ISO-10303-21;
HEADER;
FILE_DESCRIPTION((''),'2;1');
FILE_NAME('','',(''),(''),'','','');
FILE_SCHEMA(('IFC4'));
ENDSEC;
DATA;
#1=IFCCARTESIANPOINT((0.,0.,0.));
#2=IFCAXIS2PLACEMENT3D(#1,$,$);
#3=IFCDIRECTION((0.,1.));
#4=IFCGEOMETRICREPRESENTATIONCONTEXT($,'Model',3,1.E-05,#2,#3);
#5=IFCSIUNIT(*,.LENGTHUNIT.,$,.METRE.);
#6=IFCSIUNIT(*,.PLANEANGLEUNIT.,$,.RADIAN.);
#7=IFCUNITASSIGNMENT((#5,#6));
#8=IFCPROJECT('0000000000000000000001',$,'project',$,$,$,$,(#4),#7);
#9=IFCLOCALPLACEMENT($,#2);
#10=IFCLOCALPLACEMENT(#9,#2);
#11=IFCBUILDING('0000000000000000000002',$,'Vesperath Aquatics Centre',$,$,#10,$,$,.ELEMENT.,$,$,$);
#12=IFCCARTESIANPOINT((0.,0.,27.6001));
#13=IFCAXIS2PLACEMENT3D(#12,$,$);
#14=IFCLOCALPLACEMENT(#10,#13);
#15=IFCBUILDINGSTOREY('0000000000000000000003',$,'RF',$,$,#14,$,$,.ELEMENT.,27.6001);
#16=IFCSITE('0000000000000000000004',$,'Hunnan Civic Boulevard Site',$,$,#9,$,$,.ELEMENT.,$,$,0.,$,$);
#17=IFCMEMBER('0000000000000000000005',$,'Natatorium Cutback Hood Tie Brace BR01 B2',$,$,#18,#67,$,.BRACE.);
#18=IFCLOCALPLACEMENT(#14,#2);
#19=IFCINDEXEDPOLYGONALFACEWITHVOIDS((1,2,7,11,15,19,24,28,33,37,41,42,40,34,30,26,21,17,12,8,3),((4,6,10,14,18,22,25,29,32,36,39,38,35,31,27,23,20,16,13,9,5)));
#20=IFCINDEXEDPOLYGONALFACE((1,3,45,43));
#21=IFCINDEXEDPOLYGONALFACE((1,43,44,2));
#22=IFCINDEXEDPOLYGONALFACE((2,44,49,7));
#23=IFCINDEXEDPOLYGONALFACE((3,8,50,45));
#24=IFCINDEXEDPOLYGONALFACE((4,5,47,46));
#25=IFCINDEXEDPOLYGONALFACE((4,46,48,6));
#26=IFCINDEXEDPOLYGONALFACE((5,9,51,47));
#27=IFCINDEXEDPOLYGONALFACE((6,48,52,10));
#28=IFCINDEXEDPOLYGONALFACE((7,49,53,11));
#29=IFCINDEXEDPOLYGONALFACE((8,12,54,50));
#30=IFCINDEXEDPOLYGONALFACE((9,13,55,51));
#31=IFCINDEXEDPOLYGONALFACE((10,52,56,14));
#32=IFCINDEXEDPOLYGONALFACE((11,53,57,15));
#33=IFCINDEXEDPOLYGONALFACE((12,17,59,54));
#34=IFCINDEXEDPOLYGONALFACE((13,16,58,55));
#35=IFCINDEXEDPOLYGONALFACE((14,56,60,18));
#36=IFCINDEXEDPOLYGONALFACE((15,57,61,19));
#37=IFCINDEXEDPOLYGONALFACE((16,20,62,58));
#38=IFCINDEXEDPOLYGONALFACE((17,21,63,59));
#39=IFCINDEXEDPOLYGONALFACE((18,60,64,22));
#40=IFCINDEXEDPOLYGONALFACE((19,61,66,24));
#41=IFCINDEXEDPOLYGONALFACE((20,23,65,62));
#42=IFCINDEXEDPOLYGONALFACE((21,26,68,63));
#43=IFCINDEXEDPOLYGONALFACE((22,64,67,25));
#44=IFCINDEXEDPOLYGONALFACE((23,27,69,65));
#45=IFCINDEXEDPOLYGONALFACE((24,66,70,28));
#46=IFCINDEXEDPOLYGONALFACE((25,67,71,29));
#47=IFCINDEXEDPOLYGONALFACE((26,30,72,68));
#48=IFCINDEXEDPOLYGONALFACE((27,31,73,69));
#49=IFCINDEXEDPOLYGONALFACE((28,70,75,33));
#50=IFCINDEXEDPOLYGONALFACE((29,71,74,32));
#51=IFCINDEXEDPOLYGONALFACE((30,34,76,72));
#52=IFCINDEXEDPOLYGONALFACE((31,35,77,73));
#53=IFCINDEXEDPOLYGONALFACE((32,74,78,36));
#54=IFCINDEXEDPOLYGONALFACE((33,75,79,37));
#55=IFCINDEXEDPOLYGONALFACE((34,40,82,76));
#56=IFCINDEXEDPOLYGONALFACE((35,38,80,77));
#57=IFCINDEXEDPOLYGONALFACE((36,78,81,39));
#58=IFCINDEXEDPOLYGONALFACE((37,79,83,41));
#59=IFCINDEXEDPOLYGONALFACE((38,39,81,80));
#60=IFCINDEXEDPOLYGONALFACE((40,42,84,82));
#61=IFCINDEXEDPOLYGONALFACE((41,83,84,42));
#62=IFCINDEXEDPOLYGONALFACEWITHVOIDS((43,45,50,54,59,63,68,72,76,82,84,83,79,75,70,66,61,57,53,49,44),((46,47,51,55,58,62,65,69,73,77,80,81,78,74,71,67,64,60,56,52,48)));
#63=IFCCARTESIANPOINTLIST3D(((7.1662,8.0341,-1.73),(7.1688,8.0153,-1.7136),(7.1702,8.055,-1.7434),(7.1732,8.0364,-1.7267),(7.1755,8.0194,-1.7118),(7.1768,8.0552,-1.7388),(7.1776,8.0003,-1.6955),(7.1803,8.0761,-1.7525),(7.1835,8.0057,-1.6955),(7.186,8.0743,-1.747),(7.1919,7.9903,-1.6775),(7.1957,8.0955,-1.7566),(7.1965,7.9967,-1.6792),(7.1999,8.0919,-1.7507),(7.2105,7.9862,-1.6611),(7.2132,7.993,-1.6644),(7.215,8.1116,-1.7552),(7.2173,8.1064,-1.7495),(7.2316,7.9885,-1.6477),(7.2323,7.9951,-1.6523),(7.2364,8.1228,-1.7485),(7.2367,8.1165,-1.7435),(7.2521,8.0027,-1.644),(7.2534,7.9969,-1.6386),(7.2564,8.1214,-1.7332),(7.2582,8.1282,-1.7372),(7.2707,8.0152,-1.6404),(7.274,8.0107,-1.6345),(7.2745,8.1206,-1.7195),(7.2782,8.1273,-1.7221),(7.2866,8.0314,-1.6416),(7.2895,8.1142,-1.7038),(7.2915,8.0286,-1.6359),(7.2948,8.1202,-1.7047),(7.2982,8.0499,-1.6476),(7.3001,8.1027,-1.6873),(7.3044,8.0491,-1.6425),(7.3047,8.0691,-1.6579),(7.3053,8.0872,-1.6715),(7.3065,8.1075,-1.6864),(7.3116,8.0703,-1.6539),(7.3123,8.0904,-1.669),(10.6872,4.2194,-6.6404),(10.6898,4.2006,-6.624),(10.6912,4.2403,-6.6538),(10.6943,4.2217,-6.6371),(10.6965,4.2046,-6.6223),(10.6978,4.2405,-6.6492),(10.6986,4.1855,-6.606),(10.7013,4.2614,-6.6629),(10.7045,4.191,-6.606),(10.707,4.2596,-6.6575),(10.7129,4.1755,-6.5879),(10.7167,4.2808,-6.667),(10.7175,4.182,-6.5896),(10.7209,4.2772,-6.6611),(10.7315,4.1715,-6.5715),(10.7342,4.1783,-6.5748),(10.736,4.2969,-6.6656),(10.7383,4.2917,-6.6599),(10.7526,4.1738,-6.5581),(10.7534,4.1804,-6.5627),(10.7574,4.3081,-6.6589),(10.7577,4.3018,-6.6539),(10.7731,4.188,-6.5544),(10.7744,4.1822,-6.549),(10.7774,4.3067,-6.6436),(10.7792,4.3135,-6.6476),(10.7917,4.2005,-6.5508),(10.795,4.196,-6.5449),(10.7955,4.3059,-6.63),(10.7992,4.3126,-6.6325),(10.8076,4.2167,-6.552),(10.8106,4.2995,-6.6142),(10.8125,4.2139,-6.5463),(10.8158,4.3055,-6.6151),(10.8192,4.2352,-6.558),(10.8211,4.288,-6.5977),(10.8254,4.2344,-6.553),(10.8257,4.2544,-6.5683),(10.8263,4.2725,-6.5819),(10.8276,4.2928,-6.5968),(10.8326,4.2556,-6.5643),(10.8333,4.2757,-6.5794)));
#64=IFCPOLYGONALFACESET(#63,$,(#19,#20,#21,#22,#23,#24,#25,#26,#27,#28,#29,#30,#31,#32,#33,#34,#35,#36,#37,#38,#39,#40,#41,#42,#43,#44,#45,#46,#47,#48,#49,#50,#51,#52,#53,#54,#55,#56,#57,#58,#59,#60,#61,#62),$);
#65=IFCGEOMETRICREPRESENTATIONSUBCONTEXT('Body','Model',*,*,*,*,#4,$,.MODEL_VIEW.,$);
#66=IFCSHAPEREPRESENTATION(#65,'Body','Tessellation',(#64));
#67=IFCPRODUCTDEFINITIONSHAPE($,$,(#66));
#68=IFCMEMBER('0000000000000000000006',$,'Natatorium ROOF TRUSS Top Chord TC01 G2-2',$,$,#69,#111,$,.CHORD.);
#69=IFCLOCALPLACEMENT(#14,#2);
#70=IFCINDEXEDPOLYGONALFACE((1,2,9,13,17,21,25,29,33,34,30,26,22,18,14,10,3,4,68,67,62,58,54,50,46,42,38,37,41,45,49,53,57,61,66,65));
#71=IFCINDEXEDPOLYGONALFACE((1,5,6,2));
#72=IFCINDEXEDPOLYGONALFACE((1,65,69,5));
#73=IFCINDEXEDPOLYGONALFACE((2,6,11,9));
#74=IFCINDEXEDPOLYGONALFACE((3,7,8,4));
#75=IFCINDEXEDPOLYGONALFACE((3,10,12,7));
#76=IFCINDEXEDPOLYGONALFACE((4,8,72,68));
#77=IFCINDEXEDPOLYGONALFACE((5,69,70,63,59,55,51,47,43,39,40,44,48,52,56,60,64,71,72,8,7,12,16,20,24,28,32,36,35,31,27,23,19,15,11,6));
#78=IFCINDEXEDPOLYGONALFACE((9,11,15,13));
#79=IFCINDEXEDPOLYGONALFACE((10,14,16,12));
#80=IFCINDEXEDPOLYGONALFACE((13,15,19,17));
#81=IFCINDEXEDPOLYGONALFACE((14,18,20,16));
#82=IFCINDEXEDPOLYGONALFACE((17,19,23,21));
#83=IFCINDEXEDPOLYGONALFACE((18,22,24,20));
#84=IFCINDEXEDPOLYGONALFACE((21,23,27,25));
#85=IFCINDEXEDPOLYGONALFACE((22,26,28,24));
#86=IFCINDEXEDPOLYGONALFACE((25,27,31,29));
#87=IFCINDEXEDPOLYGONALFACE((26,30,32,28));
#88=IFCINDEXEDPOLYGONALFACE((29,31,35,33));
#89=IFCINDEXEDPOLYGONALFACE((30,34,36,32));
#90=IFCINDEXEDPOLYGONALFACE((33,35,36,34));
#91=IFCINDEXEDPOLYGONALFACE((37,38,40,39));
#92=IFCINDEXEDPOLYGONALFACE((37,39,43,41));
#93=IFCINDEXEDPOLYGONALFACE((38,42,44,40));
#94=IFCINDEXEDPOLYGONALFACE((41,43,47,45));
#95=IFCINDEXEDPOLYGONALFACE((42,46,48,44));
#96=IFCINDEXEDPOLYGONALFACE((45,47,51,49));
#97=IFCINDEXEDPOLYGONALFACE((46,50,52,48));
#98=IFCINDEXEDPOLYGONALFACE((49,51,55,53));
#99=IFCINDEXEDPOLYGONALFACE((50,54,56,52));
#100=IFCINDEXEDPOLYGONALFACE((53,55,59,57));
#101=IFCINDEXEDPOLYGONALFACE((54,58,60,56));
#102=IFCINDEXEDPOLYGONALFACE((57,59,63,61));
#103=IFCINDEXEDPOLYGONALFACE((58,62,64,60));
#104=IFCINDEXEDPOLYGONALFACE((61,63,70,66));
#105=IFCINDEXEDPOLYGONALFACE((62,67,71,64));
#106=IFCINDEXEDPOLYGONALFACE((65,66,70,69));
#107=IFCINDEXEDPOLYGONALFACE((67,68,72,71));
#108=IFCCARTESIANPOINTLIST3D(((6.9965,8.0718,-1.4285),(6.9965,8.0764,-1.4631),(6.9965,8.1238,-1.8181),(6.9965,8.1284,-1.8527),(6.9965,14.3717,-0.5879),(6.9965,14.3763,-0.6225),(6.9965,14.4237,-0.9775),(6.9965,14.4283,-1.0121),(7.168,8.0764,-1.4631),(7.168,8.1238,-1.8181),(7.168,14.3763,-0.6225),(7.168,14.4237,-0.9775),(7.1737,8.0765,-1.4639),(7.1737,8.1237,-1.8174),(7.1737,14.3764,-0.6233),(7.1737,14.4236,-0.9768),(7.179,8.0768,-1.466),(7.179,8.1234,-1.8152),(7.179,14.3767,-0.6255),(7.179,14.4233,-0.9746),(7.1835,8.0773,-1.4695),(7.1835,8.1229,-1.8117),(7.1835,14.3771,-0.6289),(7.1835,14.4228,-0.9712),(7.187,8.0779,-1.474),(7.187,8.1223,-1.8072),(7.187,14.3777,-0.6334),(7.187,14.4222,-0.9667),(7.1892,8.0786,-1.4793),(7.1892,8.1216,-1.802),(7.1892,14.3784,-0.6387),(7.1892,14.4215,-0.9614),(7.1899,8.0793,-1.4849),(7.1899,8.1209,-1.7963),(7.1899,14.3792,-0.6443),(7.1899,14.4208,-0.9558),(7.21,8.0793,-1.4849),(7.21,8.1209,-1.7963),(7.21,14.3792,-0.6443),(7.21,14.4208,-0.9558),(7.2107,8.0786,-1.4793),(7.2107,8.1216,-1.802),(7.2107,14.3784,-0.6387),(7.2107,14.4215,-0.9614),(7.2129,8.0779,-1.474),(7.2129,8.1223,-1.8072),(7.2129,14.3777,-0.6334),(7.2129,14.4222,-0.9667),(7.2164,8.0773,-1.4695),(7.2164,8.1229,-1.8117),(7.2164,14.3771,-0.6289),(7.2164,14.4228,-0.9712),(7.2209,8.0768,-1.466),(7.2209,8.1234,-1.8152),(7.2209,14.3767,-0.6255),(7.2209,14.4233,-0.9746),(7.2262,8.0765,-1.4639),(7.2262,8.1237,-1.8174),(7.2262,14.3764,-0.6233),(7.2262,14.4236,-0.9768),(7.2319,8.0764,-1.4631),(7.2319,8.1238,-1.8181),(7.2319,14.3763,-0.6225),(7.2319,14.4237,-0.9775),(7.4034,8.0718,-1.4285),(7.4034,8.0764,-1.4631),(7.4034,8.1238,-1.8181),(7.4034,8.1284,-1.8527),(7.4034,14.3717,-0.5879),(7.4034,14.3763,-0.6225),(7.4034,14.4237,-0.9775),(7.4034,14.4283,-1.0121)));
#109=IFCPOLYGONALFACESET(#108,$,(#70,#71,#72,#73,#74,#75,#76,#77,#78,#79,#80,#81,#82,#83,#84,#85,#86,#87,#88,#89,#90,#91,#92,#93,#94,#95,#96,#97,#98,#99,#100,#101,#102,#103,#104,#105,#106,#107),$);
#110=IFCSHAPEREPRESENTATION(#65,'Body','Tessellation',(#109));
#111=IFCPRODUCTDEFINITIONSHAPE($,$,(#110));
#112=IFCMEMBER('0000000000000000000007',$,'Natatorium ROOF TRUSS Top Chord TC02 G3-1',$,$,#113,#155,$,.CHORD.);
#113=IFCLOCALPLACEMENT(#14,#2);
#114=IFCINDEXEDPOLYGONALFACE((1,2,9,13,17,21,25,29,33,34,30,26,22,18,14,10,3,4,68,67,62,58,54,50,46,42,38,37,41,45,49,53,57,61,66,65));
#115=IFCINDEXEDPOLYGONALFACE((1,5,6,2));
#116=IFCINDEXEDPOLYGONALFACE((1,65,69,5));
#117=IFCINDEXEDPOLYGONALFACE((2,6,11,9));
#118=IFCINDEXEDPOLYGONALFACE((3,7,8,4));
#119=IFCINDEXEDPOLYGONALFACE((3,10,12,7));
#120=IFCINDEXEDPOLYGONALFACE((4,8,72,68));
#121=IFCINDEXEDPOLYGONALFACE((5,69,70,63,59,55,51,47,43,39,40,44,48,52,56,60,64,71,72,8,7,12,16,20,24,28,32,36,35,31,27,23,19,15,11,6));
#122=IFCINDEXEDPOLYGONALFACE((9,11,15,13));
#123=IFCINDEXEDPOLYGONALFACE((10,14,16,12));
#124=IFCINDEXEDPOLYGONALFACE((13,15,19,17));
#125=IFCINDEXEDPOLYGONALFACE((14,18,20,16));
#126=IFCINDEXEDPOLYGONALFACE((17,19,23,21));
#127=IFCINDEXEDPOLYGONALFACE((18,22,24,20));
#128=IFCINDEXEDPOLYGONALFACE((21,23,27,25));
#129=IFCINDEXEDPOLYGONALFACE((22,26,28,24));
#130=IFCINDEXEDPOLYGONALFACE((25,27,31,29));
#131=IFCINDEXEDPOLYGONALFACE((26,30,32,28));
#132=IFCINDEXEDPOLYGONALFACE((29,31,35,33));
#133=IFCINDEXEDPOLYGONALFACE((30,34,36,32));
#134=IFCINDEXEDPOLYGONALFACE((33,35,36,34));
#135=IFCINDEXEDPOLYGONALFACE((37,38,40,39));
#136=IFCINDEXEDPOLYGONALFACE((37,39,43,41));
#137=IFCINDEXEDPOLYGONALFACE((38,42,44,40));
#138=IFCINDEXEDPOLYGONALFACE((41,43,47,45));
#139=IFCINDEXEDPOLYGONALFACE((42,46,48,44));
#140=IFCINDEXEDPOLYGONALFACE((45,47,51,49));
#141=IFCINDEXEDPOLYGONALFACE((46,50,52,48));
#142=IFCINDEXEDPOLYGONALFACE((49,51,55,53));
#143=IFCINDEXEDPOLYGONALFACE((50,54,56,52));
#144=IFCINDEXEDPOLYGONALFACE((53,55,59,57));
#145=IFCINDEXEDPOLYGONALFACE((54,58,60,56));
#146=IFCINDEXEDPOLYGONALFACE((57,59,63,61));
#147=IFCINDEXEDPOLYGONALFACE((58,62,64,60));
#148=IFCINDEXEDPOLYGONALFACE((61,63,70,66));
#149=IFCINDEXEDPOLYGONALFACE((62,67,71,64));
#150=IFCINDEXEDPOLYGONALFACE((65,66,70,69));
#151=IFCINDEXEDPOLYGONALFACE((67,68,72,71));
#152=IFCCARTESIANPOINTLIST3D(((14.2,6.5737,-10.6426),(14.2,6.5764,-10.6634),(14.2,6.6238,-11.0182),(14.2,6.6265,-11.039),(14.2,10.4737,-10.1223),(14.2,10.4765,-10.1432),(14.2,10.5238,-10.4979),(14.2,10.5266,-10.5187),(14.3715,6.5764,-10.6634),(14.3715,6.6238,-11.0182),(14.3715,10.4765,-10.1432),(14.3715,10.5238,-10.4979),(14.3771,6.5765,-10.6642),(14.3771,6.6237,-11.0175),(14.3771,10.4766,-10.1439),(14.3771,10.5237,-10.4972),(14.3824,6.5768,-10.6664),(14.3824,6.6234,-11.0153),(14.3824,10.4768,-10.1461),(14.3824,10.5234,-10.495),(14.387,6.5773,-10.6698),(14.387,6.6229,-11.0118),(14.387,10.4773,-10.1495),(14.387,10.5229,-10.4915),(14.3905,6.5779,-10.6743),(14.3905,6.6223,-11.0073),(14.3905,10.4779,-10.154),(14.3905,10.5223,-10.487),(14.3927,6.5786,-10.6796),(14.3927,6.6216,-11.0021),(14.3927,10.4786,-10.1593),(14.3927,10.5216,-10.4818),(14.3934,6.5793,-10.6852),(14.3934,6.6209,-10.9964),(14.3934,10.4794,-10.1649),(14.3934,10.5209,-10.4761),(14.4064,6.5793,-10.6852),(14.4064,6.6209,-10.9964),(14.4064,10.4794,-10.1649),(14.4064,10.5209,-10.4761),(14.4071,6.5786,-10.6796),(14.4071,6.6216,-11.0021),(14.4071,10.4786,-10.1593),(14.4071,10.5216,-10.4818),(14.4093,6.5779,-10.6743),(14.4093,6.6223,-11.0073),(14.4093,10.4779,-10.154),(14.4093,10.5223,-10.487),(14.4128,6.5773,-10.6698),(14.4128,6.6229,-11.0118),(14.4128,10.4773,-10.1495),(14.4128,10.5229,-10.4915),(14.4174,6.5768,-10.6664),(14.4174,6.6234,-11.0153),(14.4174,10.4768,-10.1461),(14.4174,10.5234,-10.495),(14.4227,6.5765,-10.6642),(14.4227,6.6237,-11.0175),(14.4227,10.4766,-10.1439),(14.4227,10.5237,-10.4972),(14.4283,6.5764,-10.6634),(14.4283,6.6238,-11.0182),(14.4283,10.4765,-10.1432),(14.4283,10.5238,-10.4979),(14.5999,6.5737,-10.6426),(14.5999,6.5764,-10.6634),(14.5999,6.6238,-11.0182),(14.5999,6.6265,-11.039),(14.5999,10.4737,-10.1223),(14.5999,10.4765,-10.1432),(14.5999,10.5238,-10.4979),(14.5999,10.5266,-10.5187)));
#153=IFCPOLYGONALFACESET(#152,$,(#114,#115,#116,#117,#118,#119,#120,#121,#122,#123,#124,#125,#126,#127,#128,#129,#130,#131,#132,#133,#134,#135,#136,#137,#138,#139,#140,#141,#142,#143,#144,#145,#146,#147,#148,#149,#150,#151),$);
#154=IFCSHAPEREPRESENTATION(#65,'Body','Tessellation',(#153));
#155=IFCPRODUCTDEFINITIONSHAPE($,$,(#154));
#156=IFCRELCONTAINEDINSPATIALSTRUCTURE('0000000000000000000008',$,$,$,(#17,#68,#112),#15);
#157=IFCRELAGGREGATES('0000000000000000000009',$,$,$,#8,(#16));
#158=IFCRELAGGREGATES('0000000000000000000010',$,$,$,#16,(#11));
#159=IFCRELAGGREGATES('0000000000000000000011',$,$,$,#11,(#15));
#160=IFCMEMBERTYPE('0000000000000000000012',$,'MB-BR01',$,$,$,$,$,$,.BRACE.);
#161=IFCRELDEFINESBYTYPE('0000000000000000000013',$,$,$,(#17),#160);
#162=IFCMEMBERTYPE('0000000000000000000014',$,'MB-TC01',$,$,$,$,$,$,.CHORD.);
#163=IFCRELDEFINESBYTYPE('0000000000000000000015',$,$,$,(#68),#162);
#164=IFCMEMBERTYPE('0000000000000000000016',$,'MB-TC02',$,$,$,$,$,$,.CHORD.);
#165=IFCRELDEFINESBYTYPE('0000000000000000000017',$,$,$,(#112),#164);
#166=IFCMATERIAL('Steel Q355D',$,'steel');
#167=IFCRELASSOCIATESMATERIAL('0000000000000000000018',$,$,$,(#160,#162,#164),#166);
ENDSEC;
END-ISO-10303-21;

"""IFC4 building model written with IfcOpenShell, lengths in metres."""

from ifc_helpers import new_model, si_unit, direction, frame, origin, origin_2d, place, context, subcontext, project, spatial, hollow_circle, i_section, extrude, material, material_profile, profile_set, type_object, element, save


model = new_model("IFC4")

# Units and contexts
model_context = context("Model", 3, precision=1e-05, world=origin(), true_north=direction((0.0, 1.0)))
body_context = subcontext(model_context, "Body", "Model", "MODEL_VIEW")
ifc_project = project(units=[si_unit("LENGTHUNIT", "METRE"), si_unit("PLANEANGLEUNIT", "RADIAN")], contexts=[model_context])

# Site, building, storey
site_placement = place(None, origin())
site = spatial("IfcSite", under=ifc_project, at=site_placement, Name="Hunnan Civic Boulevard Site", CompositionType="ELEMENT", RefElevation=0.0)
building_placement = place(site_placement, origin())
building = spatial("IfcBuilding", under=site, at=building_placement, Name="Vesperath Aquatics Centre", CompositionType="ELEMENT")
storey_placement = place(building_placement, frame((0.0, 0.0, 27.6001)))
storey = spatial("IfcBuildingStorey", under=building, at=storey_placement, Name="RF", CompositionType="ELEMENT", Elevation=27.6001)

# Members
ifc_material_1 = material(Name="Steel Q355D", Category="steel")
ifc_material_profile_1 = material_profile(ifc_material_1, hollow_circle(Radius=0.0842, WallThickness=0.0081, at=origin_2d()), Name="CHS 168.3x8")
ifc_profile_set_1 = profile_set([ifc_material_profile_1], Name="Steel Q355D")
member_type_1 = type_object("IfcMemberType", Name="MB-BR01", PredefinedType="BRACE", material=ifc_profile_set_1)
member_1_placement = place(storey_placement, frame((10.7605, 4.2427, -6.606), z_axis=(-0.492742, 0.533843, 0.68718), x_axis=(-0.734829, -0.678253, 0.0)))
element("IfcMember", 1, at=member_1_placement, inside=storey, type_object=member_type_1, Name="Natatorium Cutback Hood Tie Brace BR01 B2", PredefinedType="BRACE", context=body_context, shape_type="SweptSolid", body=[
    extrude(hollow_circle(Radius=0.0842, WallThickness=0.0081, at=origin_2d()), origin(), (0.0, 0.0, 1.0), 7.1458),
])
ifc_material_profile_2 = material_profile(ifc_material_1, i_section(OverallWidth=0.407, OverallDepth=0.428, WebThickness=0.02, FlangeThickness=0.0349, FilletRadius=0.022, at=origin_2d()), Name="HW 428x407x20x35")
ifc_profile_set_2 = profile_set([ifc_material_profile_2], Name="Steel Q355D")
member_type_2 = type_object("IfcMemberType", Name="MB-TC01", PredefinedType="CHORD", material=ifc_profile_set_2)
member_2_placement = place(storey_placement, frame((7.2, 8.1001, -1.6406), z_axis=(0.0, 0.991215, 0.132257), x_axis=(-1.0, 0.0, 0.0)))
element("IfcMember", 2, at=member_2_placement, inside=storey, type_object=member_type_2, Name="Natatorium ROOF TRUSS Top Chord TC01 G2-2", PredefinedType="CHORD", context=body_context, shape_type="SweptSolid", body=[
    extrude(i_section(OverallWidth=0.407, OverallDepth=0.428, WebThickness=0.02, FlangeThickness=0.0349, FilletRadius=0.022, at=origin_2d()), origin(), (0.0, 0.0, 1.0), 6.3557),
])
ifc_material_profile_3 = material_profile(ifc_material_1, i_section(OverallWidth=0.3999, OverallDepth=0.3999, WebThickness=0.0129, FlangeThickness=0.021, FilletRadius=0.022, at=origin_2d()), Name="HW 400x400x13x21")
ifc_profile_set_3 = profile_set([ifc_material_profile_3], Name="Steel Q355D")
member_type_3 = type_object("IfcMemberType", Name="MB-TC02", PredefinedType="CHORD", material=ifc_profile_set_3)
member_3_placement = place(storey_placement, frame((14.3999, 6.6001, -10.8408), z_axis=(0.0, 0.991219, 0.132233), x_axis=(-1.0, 0.0, 0.0)))
element("IfcMember", 3, at=member_3_placement, inside=storey, type_object=member_type_3, Name="Natatorium ROOF TRUSS Top Chord TC02 G3-1", PredefinedType="CHORD", context=body_context, shape_type="SweptSolid", body=[
    extrude(i_section(OverallWidth=0.3999, OverallDepth=0.3999, WebThickness=0.0129, FlangeThickness=0.021, FilletRadius=0.022, at=origin_2d()), origin(), (0.0, 0.0, 1.0), 3.9346),
])

save(model, "model.ifc")
